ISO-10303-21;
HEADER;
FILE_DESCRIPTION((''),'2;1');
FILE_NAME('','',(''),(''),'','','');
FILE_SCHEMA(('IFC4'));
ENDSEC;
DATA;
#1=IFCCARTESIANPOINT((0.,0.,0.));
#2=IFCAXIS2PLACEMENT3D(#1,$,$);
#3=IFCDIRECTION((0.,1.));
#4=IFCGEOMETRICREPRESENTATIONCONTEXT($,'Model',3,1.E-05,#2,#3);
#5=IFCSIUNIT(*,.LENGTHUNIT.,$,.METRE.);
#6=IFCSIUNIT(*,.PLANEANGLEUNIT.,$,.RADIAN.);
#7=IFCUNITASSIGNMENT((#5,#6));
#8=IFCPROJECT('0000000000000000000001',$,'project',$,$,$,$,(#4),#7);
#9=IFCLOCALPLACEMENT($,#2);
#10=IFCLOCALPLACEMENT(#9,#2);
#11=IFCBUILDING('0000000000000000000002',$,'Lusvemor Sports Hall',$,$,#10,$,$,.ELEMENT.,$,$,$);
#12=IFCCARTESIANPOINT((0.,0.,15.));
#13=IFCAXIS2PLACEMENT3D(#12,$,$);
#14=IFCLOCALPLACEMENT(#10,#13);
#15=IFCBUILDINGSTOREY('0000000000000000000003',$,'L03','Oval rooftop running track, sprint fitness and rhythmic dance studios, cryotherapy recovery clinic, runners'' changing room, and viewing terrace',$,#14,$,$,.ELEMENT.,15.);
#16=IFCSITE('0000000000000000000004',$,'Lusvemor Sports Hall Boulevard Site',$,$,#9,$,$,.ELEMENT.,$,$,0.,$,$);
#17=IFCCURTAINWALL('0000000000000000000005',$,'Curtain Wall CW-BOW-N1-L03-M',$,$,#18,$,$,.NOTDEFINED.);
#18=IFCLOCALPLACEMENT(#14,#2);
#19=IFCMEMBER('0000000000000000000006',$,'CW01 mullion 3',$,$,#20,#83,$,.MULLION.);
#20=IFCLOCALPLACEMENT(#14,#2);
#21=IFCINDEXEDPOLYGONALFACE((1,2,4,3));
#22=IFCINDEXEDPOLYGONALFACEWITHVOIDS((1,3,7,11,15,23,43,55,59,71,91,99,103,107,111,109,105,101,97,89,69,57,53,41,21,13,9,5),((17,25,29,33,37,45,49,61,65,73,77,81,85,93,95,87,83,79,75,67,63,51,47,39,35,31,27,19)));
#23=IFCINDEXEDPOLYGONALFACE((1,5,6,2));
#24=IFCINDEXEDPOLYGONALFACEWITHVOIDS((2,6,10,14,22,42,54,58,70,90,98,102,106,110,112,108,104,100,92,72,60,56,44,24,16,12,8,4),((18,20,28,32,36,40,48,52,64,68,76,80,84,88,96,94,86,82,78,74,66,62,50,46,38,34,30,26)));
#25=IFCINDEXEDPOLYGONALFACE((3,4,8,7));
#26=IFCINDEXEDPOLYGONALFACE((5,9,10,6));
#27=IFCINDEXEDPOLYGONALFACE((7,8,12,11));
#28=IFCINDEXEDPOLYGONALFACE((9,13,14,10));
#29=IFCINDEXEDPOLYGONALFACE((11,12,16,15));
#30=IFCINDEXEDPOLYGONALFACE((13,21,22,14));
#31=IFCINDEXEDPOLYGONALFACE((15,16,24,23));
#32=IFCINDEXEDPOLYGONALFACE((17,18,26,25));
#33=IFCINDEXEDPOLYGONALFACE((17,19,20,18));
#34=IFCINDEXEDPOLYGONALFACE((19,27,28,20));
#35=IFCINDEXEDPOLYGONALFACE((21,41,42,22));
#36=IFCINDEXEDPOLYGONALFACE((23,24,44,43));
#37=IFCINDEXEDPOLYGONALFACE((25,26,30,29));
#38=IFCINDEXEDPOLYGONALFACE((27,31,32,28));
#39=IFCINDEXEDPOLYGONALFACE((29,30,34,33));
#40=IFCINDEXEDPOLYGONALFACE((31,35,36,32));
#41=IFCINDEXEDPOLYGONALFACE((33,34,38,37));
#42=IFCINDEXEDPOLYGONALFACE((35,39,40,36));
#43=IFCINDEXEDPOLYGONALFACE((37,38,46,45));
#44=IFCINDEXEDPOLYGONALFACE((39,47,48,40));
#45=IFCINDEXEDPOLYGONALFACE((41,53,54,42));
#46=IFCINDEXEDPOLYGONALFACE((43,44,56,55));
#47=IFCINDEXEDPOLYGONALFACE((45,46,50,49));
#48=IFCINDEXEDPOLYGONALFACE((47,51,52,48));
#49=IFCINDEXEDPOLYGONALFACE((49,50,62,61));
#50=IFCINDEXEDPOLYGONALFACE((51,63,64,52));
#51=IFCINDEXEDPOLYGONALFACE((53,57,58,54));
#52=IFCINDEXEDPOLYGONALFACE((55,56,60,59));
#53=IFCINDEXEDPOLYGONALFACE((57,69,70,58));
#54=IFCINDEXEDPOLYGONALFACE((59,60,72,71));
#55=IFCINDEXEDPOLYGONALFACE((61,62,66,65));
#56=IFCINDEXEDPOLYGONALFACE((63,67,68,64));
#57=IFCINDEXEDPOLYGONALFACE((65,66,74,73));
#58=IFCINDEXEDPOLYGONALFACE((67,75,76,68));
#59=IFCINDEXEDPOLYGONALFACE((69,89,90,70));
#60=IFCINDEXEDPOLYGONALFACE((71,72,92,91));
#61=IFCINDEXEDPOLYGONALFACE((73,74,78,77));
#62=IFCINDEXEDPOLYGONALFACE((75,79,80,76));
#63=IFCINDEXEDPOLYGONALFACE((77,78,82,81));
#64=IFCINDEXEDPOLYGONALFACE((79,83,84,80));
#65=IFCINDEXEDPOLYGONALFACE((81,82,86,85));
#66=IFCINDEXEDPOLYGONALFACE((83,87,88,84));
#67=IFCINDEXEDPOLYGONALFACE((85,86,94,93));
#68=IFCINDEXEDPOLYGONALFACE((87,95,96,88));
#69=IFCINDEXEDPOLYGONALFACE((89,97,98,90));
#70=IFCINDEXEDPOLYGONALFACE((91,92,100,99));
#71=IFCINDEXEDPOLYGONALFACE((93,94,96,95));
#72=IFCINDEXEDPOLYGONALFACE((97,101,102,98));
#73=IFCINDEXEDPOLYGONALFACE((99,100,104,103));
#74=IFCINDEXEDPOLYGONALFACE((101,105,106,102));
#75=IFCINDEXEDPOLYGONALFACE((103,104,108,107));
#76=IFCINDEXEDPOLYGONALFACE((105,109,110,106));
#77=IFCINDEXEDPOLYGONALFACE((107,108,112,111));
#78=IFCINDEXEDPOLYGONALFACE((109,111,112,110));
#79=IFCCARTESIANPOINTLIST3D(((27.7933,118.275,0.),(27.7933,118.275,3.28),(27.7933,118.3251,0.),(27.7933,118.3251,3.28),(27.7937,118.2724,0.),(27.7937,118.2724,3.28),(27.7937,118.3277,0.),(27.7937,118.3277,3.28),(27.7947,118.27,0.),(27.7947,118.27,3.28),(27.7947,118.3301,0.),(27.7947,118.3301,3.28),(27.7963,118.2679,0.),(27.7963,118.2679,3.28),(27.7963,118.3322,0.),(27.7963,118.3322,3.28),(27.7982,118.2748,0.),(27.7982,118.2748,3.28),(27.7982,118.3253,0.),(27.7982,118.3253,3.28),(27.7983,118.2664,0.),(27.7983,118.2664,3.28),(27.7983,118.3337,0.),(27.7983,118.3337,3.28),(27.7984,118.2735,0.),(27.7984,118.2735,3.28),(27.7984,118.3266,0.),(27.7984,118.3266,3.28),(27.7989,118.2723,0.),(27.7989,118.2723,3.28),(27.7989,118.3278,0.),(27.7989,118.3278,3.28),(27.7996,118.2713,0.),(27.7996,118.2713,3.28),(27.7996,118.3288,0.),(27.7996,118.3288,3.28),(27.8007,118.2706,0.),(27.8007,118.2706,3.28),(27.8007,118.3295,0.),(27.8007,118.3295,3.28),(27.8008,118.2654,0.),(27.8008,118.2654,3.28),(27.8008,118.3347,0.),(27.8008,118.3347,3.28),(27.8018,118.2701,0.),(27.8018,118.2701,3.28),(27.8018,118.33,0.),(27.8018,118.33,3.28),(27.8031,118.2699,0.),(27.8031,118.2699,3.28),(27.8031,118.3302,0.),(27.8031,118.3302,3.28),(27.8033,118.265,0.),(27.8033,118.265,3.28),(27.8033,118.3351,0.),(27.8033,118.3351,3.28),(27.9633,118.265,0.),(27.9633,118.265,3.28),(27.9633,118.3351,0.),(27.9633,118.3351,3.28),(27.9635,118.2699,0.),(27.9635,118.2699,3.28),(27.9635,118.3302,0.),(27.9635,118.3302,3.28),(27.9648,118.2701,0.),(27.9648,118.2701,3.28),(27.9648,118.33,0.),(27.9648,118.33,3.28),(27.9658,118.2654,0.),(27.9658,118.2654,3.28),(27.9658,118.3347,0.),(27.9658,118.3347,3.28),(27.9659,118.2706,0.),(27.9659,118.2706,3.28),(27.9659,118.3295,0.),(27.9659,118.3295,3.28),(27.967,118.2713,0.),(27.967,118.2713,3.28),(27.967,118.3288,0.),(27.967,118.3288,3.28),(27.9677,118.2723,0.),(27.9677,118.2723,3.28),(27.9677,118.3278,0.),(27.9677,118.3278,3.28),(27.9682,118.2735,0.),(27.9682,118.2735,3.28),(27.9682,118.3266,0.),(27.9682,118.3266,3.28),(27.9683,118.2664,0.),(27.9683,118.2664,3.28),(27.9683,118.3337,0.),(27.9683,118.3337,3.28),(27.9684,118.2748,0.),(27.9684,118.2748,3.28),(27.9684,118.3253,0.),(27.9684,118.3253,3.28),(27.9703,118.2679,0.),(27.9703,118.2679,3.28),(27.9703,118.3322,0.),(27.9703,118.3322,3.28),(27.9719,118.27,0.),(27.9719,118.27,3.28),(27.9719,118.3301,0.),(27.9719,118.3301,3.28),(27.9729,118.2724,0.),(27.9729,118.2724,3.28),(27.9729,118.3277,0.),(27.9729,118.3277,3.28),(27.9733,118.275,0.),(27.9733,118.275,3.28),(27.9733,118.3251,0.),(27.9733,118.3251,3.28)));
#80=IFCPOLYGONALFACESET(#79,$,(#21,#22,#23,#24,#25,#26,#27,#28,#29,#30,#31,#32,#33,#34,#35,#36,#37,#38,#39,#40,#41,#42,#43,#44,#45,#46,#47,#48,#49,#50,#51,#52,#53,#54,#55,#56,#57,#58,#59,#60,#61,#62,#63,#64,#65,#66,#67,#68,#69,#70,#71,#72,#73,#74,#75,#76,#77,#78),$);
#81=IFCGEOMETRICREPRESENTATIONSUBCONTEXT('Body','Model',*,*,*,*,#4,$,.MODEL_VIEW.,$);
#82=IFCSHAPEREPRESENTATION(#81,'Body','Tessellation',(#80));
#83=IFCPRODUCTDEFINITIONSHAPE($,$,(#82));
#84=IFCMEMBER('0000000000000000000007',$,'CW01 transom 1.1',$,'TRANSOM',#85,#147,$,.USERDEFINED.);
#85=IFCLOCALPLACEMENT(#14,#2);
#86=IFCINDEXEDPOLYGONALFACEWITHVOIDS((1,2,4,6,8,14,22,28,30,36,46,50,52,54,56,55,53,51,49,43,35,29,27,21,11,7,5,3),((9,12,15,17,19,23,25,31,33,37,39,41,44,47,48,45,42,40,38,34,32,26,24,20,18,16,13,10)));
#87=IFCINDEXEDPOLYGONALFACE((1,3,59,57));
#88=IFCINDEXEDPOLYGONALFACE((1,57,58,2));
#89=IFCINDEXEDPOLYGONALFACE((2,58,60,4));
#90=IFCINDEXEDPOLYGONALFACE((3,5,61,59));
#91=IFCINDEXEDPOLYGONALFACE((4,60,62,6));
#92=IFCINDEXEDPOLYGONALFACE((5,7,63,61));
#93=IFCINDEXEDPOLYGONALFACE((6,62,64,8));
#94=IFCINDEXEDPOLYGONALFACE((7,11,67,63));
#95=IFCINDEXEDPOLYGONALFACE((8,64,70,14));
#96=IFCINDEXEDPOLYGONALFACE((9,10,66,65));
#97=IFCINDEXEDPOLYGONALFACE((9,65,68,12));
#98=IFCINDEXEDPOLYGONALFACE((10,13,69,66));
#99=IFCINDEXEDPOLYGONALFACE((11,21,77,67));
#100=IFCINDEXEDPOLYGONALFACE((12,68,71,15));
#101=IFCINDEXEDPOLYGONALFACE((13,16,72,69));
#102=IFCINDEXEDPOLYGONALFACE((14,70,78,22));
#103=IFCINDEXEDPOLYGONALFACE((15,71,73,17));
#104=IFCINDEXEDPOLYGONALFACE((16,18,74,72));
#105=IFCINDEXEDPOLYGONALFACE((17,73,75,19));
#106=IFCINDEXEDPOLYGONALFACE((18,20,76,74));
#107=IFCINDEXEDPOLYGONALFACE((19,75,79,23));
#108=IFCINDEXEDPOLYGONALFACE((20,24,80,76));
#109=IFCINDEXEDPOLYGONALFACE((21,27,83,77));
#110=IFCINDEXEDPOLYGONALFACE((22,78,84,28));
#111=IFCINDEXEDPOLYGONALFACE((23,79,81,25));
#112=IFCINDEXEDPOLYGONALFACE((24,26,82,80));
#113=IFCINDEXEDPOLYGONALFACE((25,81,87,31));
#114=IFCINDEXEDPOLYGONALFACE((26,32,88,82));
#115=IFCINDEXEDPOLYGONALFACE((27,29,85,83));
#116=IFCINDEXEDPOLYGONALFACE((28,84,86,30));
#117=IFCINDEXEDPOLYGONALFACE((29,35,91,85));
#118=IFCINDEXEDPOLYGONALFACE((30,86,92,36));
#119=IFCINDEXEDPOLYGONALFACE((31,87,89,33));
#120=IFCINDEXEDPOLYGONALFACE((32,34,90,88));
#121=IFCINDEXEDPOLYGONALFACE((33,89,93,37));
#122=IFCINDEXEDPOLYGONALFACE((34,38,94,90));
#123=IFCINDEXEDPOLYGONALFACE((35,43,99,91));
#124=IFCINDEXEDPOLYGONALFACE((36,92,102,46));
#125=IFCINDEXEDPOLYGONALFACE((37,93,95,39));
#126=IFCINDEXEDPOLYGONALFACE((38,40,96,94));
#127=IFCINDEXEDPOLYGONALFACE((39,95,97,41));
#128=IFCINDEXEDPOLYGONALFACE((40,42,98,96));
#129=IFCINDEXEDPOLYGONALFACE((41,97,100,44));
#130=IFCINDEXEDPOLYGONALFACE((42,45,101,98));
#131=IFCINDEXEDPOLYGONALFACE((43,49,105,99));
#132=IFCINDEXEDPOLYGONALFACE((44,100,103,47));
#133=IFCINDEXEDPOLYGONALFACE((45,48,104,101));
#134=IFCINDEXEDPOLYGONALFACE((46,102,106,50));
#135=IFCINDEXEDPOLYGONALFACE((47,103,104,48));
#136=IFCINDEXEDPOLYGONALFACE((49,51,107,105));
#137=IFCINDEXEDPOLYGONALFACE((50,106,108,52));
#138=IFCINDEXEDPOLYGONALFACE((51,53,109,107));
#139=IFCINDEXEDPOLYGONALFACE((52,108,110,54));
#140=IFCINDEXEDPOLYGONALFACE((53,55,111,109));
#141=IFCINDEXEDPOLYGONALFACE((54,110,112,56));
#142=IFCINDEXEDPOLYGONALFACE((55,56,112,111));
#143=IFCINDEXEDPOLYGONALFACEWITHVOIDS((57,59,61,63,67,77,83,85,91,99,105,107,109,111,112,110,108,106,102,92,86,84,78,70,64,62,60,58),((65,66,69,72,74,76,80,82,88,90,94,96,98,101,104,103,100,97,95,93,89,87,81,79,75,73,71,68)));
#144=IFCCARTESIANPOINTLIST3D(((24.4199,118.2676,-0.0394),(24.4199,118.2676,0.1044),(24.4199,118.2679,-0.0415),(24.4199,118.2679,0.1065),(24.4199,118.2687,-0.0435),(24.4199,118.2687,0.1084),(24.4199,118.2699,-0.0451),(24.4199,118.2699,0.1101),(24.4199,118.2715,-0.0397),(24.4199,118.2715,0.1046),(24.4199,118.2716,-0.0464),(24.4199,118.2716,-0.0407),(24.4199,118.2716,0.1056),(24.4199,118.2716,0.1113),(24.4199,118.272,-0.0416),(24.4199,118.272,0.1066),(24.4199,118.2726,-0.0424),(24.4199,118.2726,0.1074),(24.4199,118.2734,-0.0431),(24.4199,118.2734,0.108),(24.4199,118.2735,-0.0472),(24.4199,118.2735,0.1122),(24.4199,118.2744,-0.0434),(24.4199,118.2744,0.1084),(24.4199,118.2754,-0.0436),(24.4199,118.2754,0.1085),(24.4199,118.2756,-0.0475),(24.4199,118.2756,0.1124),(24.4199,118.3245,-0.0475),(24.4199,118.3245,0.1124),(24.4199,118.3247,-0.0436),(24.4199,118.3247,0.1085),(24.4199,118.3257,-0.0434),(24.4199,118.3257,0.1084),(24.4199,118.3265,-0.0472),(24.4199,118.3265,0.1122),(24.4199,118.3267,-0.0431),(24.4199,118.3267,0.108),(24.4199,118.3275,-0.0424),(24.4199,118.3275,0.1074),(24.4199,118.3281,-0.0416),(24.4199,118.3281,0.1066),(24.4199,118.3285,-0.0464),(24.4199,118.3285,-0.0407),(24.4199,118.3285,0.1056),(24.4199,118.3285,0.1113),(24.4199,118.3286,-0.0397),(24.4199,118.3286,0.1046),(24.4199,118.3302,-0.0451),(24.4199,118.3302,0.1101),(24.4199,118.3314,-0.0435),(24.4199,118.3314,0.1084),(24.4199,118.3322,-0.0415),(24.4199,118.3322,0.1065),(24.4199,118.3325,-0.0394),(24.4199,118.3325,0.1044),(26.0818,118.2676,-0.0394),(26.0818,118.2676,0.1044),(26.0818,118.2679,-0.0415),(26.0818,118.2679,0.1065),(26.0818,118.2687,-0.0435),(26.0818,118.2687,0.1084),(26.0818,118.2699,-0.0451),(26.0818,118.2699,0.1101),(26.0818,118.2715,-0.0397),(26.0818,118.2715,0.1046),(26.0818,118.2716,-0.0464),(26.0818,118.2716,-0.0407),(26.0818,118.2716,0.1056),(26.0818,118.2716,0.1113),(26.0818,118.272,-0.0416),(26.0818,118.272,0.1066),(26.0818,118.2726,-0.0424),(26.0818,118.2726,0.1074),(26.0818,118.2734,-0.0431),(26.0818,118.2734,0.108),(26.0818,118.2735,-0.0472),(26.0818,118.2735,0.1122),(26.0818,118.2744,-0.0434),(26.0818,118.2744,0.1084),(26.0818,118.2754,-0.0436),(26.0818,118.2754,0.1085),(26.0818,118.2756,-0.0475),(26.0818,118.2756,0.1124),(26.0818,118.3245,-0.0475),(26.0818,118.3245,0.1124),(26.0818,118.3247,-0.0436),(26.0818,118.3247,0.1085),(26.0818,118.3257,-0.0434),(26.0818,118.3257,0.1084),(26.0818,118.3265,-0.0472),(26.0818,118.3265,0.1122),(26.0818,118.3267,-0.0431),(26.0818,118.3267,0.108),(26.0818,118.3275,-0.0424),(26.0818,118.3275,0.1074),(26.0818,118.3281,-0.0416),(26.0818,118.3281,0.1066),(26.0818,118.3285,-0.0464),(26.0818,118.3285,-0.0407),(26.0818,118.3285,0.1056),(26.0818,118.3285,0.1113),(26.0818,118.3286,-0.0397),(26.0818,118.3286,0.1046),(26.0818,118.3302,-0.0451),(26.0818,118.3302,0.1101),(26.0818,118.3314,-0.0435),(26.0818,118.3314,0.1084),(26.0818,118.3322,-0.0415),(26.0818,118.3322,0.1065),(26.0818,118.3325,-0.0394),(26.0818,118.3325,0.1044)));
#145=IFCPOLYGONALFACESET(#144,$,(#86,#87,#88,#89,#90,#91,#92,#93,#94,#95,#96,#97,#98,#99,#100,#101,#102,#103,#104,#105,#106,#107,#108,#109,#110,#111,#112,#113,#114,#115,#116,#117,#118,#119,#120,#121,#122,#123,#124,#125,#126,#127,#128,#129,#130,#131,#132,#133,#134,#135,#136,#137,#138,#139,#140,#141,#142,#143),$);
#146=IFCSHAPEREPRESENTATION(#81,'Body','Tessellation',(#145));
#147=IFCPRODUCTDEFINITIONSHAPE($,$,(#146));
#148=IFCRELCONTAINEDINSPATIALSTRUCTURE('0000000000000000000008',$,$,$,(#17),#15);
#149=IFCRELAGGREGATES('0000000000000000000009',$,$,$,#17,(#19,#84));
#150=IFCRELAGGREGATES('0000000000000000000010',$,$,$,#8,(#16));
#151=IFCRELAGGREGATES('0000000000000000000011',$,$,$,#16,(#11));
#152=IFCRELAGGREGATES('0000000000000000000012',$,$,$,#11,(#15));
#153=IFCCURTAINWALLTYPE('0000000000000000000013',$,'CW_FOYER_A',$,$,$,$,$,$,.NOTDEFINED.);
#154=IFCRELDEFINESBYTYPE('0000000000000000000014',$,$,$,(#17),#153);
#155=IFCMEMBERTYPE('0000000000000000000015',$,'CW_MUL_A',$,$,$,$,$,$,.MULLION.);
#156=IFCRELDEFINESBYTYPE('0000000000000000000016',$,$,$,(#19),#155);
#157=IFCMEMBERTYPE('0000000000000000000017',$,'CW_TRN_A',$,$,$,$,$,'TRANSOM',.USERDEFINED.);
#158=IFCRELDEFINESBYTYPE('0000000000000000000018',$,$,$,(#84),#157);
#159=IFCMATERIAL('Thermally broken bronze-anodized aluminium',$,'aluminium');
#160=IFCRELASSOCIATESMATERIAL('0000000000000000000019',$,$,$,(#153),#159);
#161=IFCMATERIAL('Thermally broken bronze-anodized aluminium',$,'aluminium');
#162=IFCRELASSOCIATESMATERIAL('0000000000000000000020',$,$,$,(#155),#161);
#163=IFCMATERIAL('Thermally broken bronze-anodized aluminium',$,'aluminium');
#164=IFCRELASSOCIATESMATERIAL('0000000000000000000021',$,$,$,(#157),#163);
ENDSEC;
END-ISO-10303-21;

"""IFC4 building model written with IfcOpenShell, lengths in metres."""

from ifc_helpers import new_model, si_unit, direction, frame, origin, origin_2d, place, context, subcontext, project, spatial, hollow_rectangle, extrude, material, material_profile, profile_set, type_object, element, aggregate, save


model = new_model("IFC4")

# Units and contexts
model_context = context("Model", 3, precision=1e-05, world=origin(), true_north=direction((0.0, 1.0)))
body_context = subcontext(model_context, "Body", "Model", "MODEL_VIEW")
ifc_project = project(units=[si_unit("LENGTHUNIT", "METRE"), si_unit("PLANEANGLEUNIT", "RADIAN")], contexts=[model_context])

# Site, building, storey
site_placement = place(None, origin())
site = spatial("IfcSite", under=ifc_project, at=site_placement, Name="Lusvemor Sports Hall Boulevard Site", CompositionType="ELEMENT", RefElevation=0.0)
building_placement = place(site_placement, origin())
building = spatial("IfcBuilding", under=site, at=building_placement, Name="Lusvemor Sports Hall", CompositionType="ELEMENT")
storey_placement = place(building_placement, frame((0.0, 0.0, 15.0)))
storey = spatial("IfcBuildingStorey", under=building, at=storey_placement, Name="L03", Description="Oval rooftop running track, sprint fitness and rhythmic dance studios, cryotherapy recovery clinic, runners' changing room, and viewing terrace", CompositionType="ELEMENT", Elevation=15.0)

# Curtain wall, members
ifc_material_1 = material(Name="Thermally broken bronze-anodized aluminium", Category="aluminium")
curtain_wall_type = type_object("IfcCurtainWallType", Name="CW_FOYER_A", PredefinedType="NOTDEFINED", material=ifc_material_1)
curtain_wall_placement = place(storey_placement, origin())
curtain_wall = element("IfcCurtainWall", 1, at=curtain_wall_placement, inside=storey, type_object=curtain_wall_type, Name="Curtain Wall CW-BOW-N1-L03-M", PredefinedType="NOTDEFINED")
ifc_material_2 = material(Name="Thermally broken bronze-anodized aluminium", Category="aluminium")
ifc_material_profile_1 = material_profile(ifc_material_2, hollow_rectangle(XDim=0.0701, YDim=0.1799, WallThickness=0.0049, InnerFilletRadius=0.0049, OuterFilletRadius=0.01, at=origin_2d()), Name="CWMUL180x70x5")
ifc_profile_set_1 = profile_set([ifc_material_profile_1], Name="Thermally broken bronze-anodized aluminium")
member_type_1 = type_object("IfcMemberType", Name="CW_MUL_A", PredefinedType="MULLION", material=ifc_profile_set_1)
member_1_placement = place(storey_placement, frame((27.8833, 118.3, 0.0), z_axis=(0.0, 0.0, 1.0), x_axis=(0.0, 1.0, 0.0)))
member_1 = element("IfcMember", 2, at=member_1_placement, type_object=member_type_1, Name="CW01 mullion 3", PredefinedType="MULLION", context=body_context, shape_type="SweptSolid", body=[
    extrude(hollow_rectangle(XDim=0.0701, YDim=0.1799, WallThickness=0.0049, InnerFilletRadius=0.0049, OuterFilletRadius=0.01, at=origin_2d()), origin(), (0.0, 0.0, 1.0), 3.28),
])
ifc_material_3 = material(Name="Thermally broken bronze-anodized aluminium", Category="aluminium")
ifc_material_profile_2 = material_profile(ifc_material_3, hollow_rectangle(XDim=0.0649, YDim=0.1599, WallThickness=0.0039, InnerFilletRadius=0.0039, OuterFilletRadius=0.0081, at=origin_2d()), Name="CWTRN160x65x4")
ifc_profile_set_2 = profile_set([ifc_material_profile_2], Name="Thermally broken bronze-anodized aluminium")
member_type_2 = type_object("IfcMemberType", Name="CW_TRN_A", ElementType="TRANSOM", PredefinedType="USERDEFINED", material=ifc_profile_set_2)
member_2_placement = place(storey_placement, frame((24.4199, 118.3, 0.0325), z_axis=(1.0, 0.0, 0.0), x_axis=(0.0, 1.0, 0.0)))
member_2 = element("IfcMember", 3, at=member_2_placement, type_object=member_type_2, Name="CW01 transom 1.1", ObjectType="TRANSOM", PredefinedType="USERDEFINED", context=body_context, shape_type="SweptSolid", body=[
    extrude(hollow_rectangle(XDim=0.0649, YDim=0.1599, WallThickness=0.0039, InnerFilletRadius=0.0039, OuterFilletRadius=0.0081, at=origin_2d()), origin(), (0.0, 0.0, 1.0), 1.6619),
])

aggregate(curtain_wall, [member_1, member_2])

save(model, "model.ifc")
